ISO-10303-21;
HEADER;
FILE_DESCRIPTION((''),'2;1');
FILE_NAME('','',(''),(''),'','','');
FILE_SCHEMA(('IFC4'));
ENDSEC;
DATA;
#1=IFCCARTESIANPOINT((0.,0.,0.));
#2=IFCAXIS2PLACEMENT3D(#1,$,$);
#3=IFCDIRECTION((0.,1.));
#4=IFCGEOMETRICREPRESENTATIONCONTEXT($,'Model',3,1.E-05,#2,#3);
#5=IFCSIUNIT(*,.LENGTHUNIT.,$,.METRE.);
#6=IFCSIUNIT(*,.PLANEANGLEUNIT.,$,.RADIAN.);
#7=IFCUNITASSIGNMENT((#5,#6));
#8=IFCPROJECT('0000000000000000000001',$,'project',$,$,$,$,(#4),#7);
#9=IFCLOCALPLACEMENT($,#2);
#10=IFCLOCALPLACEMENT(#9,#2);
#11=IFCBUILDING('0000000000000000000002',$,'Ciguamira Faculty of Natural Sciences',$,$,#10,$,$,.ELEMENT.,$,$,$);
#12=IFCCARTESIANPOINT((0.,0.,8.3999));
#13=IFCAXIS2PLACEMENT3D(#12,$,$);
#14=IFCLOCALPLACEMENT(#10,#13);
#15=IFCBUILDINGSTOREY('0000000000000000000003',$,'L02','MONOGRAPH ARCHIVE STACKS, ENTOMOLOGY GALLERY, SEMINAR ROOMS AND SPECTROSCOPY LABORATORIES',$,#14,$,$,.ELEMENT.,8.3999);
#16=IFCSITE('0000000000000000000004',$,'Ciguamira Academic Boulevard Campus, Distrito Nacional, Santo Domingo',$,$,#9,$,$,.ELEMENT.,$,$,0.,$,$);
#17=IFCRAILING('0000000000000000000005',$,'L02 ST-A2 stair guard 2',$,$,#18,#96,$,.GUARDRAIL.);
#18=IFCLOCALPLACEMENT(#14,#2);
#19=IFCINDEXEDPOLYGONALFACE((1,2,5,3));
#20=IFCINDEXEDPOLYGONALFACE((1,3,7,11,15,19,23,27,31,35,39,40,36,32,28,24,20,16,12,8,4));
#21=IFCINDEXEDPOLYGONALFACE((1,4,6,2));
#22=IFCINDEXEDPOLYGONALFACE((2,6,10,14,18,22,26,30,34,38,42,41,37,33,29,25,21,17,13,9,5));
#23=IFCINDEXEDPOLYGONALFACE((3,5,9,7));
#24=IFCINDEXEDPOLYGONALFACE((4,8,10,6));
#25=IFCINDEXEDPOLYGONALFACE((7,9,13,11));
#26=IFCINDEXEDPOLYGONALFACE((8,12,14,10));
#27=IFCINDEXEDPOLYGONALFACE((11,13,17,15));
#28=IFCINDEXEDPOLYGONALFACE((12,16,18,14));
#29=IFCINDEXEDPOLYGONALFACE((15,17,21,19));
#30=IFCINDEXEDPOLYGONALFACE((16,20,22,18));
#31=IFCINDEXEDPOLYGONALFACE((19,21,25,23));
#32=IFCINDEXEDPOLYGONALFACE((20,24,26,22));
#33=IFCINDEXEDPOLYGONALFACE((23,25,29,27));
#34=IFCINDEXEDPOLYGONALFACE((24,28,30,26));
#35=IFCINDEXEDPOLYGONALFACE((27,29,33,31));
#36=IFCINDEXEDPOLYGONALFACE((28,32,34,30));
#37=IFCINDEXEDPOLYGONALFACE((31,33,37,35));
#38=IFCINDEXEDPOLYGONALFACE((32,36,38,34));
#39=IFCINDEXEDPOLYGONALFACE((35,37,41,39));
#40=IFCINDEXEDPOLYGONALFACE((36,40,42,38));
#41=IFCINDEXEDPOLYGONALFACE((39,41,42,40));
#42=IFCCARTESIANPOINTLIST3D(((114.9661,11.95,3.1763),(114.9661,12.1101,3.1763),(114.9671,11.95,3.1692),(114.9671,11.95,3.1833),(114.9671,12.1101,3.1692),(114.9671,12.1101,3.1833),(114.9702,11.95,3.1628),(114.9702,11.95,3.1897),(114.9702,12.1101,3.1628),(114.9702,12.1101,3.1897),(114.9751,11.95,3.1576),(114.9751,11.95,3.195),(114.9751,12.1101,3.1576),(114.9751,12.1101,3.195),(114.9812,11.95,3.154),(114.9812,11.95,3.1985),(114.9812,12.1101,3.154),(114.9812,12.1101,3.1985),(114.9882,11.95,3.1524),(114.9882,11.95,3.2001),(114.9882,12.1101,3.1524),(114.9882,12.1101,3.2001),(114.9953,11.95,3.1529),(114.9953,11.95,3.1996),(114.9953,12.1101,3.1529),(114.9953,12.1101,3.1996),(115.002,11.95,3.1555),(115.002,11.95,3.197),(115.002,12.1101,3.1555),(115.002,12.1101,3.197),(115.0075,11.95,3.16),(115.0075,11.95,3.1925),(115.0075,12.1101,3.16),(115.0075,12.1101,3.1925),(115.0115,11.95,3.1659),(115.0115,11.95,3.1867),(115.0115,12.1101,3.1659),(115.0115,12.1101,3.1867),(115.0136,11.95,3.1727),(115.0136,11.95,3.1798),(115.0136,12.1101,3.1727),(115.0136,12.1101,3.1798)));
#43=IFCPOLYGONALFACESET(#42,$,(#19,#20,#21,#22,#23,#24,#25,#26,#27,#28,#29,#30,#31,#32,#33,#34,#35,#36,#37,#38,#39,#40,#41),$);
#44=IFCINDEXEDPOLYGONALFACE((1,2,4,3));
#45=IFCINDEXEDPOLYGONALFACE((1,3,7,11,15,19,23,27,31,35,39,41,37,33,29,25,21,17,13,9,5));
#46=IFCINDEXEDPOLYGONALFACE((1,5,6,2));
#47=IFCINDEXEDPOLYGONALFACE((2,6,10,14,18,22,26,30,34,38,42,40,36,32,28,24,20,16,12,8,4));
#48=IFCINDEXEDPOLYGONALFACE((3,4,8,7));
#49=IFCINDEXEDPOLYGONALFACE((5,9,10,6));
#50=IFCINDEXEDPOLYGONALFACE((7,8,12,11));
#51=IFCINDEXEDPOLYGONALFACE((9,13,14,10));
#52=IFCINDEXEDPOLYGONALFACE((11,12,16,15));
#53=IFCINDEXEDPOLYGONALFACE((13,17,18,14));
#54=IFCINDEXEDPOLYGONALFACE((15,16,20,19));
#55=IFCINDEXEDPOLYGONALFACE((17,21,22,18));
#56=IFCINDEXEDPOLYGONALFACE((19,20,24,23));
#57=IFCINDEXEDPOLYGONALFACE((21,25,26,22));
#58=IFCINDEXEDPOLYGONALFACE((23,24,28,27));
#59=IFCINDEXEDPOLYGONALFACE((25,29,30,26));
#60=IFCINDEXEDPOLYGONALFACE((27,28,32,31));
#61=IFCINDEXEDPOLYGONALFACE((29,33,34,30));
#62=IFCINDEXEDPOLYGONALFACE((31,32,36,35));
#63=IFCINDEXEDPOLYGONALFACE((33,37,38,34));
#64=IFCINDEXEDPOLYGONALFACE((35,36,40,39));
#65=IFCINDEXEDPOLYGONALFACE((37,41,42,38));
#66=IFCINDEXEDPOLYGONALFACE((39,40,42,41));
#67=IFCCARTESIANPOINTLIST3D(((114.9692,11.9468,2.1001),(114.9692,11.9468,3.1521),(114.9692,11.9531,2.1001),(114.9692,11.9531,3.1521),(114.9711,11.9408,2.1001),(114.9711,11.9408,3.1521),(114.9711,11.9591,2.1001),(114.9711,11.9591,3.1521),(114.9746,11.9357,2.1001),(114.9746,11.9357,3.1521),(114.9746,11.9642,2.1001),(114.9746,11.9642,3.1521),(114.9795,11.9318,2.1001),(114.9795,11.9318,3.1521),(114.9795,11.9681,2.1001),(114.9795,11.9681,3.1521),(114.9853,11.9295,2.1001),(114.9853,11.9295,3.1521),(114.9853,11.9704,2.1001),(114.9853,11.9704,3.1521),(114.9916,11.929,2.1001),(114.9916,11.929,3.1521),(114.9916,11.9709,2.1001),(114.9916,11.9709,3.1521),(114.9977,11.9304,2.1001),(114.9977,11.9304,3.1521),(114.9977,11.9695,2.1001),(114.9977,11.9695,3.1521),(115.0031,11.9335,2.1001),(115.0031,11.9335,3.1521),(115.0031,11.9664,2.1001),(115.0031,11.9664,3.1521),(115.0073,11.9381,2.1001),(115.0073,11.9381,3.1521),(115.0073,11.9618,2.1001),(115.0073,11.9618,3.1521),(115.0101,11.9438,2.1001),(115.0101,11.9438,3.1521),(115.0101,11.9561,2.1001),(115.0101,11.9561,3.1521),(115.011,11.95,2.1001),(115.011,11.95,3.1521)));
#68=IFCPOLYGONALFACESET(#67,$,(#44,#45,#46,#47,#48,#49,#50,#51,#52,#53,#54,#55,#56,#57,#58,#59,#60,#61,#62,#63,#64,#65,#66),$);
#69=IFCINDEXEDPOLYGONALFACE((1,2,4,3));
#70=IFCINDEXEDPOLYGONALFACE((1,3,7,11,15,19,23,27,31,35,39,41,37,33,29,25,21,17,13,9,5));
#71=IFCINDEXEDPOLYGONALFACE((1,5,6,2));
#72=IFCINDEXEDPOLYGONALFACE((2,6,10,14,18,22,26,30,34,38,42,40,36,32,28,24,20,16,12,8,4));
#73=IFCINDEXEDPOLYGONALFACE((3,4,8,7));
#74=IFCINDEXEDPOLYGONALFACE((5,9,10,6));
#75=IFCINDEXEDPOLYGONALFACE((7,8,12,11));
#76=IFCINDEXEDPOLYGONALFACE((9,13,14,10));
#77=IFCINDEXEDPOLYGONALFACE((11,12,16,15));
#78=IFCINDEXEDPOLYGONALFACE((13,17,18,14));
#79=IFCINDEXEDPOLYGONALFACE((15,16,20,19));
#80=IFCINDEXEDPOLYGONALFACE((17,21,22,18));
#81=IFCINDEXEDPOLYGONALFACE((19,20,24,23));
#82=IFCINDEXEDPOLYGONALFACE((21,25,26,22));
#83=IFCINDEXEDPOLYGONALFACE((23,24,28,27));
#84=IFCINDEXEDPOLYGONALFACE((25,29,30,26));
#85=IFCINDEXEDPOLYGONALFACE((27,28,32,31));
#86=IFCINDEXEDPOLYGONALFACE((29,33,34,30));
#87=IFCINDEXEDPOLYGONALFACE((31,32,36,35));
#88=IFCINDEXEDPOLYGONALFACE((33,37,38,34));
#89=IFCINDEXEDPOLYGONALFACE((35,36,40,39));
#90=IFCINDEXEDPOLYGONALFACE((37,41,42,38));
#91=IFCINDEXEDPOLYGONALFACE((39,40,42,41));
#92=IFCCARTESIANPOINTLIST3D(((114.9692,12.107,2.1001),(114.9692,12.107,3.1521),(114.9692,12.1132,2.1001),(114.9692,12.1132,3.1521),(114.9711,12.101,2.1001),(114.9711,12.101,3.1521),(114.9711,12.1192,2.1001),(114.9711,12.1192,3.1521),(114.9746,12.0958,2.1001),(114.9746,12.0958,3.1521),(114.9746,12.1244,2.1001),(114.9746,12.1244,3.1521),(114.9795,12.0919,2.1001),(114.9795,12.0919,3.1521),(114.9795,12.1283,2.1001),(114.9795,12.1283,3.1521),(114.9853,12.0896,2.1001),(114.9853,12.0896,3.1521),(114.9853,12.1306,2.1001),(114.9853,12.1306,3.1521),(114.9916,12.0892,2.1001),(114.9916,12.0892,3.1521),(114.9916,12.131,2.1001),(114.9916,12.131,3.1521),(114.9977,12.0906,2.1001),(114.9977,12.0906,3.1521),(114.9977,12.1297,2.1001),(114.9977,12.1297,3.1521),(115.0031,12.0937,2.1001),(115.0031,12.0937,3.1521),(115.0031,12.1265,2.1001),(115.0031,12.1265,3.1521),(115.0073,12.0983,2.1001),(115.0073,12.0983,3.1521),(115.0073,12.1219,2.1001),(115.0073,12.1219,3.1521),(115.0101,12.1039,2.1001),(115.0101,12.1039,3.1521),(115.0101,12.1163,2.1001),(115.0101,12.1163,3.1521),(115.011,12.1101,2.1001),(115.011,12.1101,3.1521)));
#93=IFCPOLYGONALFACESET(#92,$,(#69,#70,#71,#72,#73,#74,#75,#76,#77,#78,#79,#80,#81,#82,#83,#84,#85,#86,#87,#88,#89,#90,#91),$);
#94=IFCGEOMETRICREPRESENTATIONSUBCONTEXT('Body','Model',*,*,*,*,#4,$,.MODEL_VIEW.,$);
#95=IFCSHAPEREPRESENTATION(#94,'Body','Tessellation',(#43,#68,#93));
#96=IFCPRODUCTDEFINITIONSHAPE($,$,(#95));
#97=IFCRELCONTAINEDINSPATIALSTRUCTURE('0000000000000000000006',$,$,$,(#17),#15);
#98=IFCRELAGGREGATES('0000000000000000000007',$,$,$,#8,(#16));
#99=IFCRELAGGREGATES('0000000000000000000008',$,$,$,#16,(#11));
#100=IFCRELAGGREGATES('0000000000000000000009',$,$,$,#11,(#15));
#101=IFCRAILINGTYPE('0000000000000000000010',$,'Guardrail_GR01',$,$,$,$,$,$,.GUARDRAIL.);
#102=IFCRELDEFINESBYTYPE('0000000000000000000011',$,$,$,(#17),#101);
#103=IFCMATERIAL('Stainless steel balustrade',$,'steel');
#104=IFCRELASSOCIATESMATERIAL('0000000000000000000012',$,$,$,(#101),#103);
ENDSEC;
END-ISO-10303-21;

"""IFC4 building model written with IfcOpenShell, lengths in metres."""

from ifc_helpers import new_model, si_unit, direction, frame, origin, origin_2d, place, context, subcontext, project, spatial, circle, extrude, material, type_object, element, save


model = new_model("IFC4")

# Units and contexts
model_context = context("Model", 3, precision=1e-05, world=origin(), true_north=direction((0.0, 1.0)))
body_context = subcontext(model_context, "Body", "Model", "MODEL_VIEW")
ifc_project = project(units=[si_unit("LENGTHUNIT", "METRE"), si_unit("PLANEANGLEUNIT", "RADIAN")], contexts=[model_context])

# Site, building, storey
site_placement = place(None, origin())
site = spatial("IfcSite", under=ifc_project, at=site_placement, Name="Ciguamira Academic Boulevard Campus, Distrito Nacional, Santo Domingo", CompositionType="ELEMENT", RefElevation=0.0)
building_placement = place(site_placement, origin())
building = spatial("IfcBuilding", under=site, at=building_placement, Name="Ciguamira Faculty of Natural Sciences", CompositionType="ELEMENT")
storey_placement = place(building_placement, frame((0.0, 0.0, 8.3999)))
storey = spatial("IfcBuildingStorey", under=building, at=storey_placement, Name="L02", Description="MONOGRAPH ARCHIVE STACKS, ENTOMOLOGY GALLERY, SEMINAR ROOMS AND SPECTROSCOPY LABORATORIES", CompositionType="ELEMENT", Elevation=8.3999)

# Railing
ifc_material_1 = material(Name="Stainless steel balustrade", Category="steel")
railing_type_1 = type_object("IfcRailingType", Name="Guardrail_GR01", PredefinedType="GUARDRAIL", material=ifc_material_1)
railing_1_placement = place(storey_placement, frame((114.99, 11.95, 2.1001)))
element("IfcRailing", 1, at=railing_1_placement, inside=storey, type_object=railing_type_1, Name="L02 ST-A2 stair guard 2", PredefinedType="GUARDRAIL", context=body_context, shape_type="SweptSolid", body=[
    extrude(circle(Radius=0.0239, at=origin_2d()), frame((0.0, 0.0, 1.0762), z_axis=(0.0, 1.0, 0.0), x_axis=(-1.0, 0.0, 0.0)), (0.0, 0.0, 1.0), 0.1602),
    extrude(circle(Radius=0.021, at=origin_2d()), origin(), (0.0, 0.0, 1.0), 1.052),
    extrude(circle(Radius=0.021, at=origin_2d()), frame((0.0, 0.1602, 0.0)), (0.0, 0.0, 1.0), 1.052),
])

save(model, "model.ifc")
